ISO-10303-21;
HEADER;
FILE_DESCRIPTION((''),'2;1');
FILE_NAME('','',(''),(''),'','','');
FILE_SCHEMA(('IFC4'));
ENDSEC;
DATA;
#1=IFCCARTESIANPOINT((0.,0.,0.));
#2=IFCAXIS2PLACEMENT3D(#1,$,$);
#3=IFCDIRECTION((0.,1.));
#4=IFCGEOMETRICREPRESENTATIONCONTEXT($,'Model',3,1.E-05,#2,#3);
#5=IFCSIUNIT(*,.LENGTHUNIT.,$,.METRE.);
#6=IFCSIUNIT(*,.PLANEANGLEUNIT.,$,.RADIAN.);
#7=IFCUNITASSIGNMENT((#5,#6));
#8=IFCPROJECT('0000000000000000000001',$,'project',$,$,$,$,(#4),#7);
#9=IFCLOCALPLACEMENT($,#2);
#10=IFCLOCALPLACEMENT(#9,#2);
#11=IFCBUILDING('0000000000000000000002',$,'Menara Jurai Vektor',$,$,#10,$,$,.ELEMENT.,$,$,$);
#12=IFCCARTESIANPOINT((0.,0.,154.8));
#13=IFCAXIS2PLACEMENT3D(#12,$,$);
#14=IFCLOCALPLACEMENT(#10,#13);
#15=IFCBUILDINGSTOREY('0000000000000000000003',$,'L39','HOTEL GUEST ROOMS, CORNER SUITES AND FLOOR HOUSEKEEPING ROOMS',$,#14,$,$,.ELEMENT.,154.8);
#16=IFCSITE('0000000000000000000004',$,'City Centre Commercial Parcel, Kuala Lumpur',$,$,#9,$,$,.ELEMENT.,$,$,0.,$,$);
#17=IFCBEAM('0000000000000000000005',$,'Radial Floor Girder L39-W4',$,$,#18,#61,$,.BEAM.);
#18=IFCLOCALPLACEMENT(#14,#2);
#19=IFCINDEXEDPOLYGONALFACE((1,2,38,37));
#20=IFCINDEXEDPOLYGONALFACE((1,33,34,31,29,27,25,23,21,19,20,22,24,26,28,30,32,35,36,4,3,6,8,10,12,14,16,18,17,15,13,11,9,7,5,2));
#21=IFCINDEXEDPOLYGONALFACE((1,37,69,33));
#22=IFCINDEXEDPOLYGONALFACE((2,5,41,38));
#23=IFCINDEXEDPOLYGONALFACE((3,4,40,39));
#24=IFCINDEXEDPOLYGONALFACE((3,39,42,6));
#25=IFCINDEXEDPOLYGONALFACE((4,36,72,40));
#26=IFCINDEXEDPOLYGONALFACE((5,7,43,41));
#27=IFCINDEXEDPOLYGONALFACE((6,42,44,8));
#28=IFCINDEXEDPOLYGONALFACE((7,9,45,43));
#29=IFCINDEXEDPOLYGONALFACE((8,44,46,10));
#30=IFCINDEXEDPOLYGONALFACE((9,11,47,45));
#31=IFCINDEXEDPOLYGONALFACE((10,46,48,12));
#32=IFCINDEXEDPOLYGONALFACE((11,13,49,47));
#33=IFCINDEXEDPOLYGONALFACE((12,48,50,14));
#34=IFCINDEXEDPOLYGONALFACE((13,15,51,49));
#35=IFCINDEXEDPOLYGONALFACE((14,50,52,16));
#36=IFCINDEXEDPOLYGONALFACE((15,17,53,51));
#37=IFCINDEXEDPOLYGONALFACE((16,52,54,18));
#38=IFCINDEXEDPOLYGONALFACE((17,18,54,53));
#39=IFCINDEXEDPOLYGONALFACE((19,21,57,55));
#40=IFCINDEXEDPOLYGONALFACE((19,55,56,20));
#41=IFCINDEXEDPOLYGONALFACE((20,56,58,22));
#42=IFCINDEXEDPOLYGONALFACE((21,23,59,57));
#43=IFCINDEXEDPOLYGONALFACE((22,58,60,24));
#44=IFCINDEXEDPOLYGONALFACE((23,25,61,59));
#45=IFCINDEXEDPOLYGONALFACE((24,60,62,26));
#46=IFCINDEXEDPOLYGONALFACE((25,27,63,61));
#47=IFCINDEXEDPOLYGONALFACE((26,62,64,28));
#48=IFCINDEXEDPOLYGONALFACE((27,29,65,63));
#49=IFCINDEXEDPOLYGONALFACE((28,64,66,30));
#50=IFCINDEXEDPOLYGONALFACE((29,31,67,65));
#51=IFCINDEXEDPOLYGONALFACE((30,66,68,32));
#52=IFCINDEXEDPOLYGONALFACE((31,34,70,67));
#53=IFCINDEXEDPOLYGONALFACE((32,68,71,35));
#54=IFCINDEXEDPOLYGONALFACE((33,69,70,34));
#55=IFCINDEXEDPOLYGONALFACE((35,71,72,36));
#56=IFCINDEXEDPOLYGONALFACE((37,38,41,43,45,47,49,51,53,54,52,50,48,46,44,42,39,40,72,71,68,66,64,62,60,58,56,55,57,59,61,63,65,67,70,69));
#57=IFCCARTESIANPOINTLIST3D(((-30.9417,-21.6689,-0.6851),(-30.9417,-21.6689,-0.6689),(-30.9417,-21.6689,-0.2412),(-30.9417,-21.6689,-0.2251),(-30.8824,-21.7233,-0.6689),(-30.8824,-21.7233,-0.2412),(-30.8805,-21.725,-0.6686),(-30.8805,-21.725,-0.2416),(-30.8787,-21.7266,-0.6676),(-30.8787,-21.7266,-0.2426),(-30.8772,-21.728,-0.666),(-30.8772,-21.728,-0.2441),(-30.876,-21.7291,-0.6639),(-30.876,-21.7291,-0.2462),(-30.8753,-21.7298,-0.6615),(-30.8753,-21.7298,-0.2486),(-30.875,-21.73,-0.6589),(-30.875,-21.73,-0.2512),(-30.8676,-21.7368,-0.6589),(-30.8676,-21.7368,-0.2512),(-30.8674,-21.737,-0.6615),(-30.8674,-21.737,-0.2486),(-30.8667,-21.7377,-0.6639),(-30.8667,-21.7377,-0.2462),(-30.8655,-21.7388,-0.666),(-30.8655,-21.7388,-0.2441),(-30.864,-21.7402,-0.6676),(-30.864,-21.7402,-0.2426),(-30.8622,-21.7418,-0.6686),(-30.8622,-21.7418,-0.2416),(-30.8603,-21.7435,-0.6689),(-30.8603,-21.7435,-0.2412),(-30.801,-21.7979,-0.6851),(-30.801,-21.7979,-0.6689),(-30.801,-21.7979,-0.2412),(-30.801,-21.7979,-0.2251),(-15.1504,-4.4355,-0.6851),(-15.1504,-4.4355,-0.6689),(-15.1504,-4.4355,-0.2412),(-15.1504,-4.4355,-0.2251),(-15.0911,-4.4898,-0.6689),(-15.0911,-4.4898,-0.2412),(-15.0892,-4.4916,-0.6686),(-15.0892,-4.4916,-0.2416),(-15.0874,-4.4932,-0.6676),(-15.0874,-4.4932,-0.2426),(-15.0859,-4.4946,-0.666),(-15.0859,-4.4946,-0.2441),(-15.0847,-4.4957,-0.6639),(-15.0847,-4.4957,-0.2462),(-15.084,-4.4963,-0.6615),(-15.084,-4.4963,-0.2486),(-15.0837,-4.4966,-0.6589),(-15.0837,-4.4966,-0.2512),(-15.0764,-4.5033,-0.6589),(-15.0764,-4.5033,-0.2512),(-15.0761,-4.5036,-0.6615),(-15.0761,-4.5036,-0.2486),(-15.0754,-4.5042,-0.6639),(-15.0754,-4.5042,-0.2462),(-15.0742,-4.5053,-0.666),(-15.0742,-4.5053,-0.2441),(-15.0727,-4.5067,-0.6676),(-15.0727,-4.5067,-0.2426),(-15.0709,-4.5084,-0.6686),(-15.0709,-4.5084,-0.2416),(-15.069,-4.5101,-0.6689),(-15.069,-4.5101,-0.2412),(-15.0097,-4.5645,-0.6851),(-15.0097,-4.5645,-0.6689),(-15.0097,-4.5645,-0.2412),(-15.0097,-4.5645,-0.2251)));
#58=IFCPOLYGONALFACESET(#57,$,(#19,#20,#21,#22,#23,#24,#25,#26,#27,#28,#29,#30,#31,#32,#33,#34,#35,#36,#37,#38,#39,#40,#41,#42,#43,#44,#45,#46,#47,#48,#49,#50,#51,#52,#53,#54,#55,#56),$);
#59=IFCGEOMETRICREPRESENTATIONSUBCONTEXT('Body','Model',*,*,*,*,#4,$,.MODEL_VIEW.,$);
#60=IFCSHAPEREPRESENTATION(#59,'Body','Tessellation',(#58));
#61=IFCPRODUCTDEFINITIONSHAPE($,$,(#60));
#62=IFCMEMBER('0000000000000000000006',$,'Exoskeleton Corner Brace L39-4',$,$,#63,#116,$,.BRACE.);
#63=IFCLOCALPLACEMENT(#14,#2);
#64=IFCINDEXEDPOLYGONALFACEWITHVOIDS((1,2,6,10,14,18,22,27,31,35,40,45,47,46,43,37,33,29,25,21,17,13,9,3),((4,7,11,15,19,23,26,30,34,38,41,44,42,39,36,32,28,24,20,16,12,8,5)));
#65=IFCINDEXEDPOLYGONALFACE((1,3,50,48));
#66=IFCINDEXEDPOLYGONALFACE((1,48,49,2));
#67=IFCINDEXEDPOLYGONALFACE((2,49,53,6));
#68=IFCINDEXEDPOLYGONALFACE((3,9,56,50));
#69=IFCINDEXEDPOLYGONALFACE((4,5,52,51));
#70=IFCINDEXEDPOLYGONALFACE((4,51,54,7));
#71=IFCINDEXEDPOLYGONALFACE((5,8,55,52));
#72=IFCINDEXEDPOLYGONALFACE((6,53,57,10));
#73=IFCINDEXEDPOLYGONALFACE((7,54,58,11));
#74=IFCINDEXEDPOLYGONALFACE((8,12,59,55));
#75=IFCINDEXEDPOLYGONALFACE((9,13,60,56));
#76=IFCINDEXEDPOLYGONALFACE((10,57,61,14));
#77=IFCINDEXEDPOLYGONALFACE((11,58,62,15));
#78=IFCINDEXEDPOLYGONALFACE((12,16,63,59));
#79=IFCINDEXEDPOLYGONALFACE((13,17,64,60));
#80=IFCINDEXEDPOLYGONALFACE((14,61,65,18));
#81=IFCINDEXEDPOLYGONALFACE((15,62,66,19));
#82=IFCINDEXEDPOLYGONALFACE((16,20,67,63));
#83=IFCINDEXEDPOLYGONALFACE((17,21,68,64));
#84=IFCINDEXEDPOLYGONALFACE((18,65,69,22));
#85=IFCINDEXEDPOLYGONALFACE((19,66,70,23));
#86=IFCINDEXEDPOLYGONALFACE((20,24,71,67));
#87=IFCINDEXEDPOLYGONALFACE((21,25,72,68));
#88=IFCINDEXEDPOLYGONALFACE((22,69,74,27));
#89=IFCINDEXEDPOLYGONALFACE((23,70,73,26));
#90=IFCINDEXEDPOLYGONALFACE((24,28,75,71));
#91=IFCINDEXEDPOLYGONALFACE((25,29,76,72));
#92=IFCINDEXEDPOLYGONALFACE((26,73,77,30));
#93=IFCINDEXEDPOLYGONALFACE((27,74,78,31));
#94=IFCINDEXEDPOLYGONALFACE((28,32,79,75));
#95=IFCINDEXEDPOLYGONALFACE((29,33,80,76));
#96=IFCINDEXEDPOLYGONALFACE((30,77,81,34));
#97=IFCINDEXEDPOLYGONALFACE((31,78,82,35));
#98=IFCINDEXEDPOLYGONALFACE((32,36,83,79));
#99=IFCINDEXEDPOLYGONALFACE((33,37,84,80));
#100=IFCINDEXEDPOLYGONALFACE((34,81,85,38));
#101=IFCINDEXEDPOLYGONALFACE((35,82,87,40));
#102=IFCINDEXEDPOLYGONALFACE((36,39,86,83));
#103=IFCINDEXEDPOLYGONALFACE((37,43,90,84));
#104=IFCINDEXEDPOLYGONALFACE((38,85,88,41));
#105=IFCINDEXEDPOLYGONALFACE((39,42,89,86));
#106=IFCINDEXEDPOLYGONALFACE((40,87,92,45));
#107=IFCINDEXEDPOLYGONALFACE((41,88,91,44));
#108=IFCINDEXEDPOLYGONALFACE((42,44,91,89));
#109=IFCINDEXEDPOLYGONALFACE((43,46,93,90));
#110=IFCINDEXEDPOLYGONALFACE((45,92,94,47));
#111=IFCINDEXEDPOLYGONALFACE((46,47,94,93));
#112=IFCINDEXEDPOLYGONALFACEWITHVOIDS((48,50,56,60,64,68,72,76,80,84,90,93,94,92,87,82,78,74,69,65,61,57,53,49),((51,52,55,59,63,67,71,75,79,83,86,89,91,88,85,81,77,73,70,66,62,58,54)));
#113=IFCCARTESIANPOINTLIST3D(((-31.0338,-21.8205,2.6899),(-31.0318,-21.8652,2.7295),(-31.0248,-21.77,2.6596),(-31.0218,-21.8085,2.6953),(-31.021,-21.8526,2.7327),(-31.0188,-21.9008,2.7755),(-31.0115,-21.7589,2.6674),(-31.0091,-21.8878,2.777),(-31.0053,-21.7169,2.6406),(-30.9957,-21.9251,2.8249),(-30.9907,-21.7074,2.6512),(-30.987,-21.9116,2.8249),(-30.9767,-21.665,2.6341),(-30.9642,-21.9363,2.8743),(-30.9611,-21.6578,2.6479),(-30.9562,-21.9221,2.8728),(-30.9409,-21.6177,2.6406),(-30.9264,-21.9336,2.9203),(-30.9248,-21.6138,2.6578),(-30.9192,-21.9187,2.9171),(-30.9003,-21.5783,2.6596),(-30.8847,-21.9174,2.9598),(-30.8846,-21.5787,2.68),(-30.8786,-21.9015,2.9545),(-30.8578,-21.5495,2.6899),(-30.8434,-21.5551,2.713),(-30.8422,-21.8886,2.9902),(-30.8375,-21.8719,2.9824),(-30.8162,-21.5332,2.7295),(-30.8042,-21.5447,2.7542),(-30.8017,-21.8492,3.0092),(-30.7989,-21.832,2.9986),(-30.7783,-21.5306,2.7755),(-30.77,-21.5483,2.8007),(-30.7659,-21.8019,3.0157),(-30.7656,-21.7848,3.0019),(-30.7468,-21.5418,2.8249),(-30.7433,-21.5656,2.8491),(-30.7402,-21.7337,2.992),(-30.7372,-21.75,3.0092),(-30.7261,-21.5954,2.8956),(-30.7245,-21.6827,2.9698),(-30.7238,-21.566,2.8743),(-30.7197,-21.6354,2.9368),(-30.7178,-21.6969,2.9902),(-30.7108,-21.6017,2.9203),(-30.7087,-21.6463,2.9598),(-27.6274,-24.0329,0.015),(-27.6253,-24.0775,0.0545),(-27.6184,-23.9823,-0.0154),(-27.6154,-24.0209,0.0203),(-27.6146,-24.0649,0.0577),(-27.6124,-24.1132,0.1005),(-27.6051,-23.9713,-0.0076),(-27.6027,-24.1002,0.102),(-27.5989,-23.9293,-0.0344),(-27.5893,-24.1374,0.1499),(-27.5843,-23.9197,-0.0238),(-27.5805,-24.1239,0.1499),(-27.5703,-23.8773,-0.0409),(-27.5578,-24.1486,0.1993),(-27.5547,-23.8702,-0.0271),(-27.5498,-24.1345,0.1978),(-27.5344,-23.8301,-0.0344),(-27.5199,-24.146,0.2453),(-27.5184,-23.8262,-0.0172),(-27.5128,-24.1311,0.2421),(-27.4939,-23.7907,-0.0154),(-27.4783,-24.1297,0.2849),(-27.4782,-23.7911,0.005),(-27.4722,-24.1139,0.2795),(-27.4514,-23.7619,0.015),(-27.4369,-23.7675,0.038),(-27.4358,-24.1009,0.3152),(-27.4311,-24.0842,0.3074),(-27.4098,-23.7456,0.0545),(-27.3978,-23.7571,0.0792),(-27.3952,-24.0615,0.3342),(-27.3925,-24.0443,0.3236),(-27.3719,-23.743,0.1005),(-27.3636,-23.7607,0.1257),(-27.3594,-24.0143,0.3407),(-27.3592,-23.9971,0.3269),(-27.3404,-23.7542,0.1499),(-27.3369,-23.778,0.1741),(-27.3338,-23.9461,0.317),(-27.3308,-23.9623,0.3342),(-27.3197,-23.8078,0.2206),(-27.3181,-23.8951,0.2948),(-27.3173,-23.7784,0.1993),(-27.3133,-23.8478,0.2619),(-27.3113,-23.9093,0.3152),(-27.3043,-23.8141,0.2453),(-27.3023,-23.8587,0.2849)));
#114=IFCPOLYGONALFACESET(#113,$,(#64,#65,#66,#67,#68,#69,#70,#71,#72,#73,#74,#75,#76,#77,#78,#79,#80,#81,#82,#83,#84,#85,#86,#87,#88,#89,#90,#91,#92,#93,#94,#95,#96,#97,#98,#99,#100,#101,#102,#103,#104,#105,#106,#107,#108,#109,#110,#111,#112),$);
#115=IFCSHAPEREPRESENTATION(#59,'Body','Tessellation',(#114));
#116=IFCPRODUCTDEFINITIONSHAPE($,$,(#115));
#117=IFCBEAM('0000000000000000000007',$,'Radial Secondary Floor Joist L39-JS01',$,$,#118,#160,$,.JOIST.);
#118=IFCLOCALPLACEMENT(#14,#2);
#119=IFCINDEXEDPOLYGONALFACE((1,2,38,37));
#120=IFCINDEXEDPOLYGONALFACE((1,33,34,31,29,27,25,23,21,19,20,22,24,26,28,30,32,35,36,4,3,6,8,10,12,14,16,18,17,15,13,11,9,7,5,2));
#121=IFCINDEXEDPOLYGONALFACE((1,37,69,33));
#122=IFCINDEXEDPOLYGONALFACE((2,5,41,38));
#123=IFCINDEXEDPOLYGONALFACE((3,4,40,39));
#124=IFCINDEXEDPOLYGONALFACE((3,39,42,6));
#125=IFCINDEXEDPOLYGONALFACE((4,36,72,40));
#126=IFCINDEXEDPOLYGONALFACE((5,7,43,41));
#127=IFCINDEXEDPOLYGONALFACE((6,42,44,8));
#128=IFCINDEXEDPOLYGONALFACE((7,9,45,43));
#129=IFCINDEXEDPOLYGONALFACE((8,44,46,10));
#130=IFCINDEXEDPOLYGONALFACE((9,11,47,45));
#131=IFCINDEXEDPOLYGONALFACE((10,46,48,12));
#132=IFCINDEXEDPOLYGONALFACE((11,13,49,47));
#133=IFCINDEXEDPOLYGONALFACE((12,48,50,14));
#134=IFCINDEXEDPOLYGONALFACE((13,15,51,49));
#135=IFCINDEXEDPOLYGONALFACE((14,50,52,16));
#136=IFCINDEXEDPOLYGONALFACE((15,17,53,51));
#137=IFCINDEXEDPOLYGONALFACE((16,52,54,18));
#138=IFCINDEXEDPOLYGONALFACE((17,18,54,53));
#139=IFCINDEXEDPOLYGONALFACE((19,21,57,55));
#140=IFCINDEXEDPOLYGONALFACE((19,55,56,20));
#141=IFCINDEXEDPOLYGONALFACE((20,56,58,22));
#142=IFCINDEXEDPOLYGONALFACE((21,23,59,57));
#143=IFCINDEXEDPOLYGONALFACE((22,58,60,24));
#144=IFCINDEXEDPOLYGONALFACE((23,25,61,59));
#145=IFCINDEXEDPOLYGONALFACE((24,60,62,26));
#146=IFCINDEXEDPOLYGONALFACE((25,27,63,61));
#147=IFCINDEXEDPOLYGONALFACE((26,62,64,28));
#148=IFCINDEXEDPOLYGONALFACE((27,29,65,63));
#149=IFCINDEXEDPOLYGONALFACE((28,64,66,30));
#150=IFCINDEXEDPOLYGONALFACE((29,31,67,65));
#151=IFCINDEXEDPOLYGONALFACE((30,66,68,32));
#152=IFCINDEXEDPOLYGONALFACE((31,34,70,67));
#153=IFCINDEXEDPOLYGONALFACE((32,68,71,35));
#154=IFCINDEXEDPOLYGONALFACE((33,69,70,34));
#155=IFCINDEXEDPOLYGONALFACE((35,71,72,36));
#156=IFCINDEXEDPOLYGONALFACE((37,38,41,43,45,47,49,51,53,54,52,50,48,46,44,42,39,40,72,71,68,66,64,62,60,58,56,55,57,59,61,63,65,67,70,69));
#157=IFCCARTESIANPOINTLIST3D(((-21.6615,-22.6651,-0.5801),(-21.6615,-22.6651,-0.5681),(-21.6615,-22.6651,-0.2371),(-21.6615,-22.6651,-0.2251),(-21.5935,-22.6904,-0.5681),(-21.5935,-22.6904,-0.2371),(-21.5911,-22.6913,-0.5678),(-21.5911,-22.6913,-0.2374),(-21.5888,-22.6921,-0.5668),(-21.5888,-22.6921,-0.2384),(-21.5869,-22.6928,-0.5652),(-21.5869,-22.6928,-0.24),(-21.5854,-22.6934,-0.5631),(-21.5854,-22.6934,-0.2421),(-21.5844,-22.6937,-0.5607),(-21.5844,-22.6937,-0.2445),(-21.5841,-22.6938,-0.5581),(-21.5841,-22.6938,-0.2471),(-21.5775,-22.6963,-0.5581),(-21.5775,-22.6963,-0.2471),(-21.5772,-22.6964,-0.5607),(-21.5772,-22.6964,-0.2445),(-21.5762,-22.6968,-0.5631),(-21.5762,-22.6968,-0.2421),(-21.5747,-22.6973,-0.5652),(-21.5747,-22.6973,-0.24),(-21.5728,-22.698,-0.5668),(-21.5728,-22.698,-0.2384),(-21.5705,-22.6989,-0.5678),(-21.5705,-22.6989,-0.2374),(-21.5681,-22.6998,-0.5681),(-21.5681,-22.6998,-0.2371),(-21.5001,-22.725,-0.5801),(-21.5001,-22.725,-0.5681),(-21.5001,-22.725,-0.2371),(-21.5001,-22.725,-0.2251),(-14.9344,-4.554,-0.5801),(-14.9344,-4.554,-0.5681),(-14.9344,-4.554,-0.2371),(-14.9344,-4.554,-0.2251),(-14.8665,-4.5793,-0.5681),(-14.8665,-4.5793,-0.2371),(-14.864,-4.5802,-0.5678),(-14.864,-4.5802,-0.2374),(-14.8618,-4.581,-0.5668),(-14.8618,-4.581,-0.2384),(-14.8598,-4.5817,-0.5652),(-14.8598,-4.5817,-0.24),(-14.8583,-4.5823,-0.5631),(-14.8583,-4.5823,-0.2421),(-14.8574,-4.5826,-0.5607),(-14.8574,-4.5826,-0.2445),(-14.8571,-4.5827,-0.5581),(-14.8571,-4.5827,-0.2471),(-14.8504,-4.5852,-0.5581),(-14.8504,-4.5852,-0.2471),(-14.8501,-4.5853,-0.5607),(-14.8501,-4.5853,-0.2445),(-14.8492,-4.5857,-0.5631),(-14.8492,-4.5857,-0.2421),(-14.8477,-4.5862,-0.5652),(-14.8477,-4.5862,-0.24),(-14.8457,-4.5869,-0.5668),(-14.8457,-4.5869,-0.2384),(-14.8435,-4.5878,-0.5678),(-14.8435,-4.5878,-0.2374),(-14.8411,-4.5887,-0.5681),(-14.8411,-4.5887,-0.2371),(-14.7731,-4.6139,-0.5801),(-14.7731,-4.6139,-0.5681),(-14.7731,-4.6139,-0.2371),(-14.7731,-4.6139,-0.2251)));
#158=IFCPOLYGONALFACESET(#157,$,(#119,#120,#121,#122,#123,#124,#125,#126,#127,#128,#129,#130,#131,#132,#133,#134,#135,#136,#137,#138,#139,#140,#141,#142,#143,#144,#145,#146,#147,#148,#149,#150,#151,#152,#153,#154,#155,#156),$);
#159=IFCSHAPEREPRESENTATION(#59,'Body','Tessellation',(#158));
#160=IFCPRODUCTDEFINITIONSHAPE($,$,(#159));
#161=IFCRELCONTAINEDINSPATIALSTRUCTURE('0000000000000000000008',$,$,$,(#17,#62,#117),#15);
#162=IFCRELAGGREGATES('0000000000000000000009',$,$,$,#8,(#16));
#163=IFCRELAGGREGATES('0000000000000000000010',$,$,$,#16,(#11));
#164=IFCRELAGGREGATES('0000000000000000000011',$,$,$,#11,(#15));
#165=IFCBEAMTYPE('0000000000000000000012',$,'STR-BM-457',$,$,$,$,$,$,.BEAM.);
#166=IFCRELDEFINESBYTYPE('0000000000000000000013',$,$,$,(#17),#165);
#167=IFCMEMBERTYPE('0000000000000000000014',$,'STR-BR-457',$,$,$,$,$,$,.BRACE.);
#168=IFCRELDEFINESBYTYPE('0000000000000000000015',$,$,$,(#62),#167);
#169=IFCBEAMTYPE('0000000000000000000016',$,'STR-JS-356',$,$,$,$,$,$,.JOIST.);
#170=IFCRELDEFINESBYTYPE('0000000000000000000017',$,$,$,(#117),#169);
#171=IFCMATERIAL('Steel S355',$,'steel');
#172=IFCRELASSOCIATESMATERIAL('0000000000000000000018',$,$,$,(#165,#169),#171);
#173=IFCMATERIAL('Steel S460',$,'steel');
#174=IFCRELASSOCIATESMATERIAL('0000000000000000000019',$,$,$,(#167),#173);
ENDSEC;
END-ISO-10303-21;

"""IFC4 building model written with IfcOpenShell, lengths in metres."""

from ifc_helpers import new_model, si_unit, direction, frame, origin, origin_2d, place, context, subcontext, project, spatial, hollow_circle, i_section, extrude, material, material_profile, profile_set, type_object, element, save


model = new_model("IFC4")

# Units and contexts
model_context = context("Model", 3, precision=1e-05, world=origin(), true_north=direction((0.0, 1.0)))
body_context = subcontext(model_context, "Body", "Model", "MODEL_VIEW")
ifc_project = project(units=[si_unit("LENGTHUNIT", "METRE"), si_unit("PLANEANGLEUNIT", "RADIAN")], contexts=[model_context])

# Site, building, storey
site_placement = place(None, origin())
site = spatial("IfcSite", under=ifc_project, at=site_placement, Name="City Centre Commercial Parcel, Kuala Lumpur", CompositionType="ELEMENT", RefElevation=0.0)
building_placement = place(site_placement, origin())
building = spatial("IfcBuilding", under=site, at=building_placement, Name="Menara Jurai Vektor", CompositionType="ELEMENT")
storey_placement = place(building_placement, frame((0.0, 0.0, 154.8)))
storey = spatial("IfcBuildingStorey", under=building, at=storey_placement, Name="L39", Description="HOTEL GUEST ROOMS, CORNER SUITES AND FLOOR HOUSEKEEPING ROOMS", CompositionType="ELEMENT", Elevation=154.8)

# Shared definitions
ifc_material_1 = material(Name="Steel S460", Category="steel")

# Beam
ifc_material_2 = material(Name="Steel S355", Category="steel")
ifc_material_profile_1 = material_profile(ifc_material_2, i_section(OverallWidth=0.1909, OverallDepth=0.46, WebThickness=0.01, FlangeThickness=0.0161, FilletRadius=0.01, at=origin_2d()), Name="UKB 457x191x82")
ifc_profile_set_1 = profile_set([ifc_material_profile_1], Name="Steel S355")
beam_type_1 = type_object("IfcBeamType", Name="STR-BM-457", PredefinedType="BEAM", material=ifc_profile_set_1)
beam_1_placement = place(storey_placement, frame((-30.8713, -21.7334, -0.4551), z_axis=(0.675585, 0.737282, 0.0), x_axis=(-0.737282, 0.675585, 0.0)))
element("IfcBeam", 1, at=beam_1_placement, inside=storey, type_object=beam_type_1, Name="Radial Floor Girder L39-W4", PredefinedType="BEAM", context=body_context, shape_type="SweptSolid", body=[
    extrude(i_section(OverallWidth=0.1909, OverallDepth=0.46, WebThickness=0.01, FlangeThickness=0.0161, FilletRadius=0.01, at=origin_2d()), origin(), (0.0, 0.0, 1.0), 23.3743),
])

# Member
ifc_material_profile_2 = material_profile(ifc_material_1, hollow_circle(Radius=0.2285, WallThickness=0.0161, at=origin_2d()), Name="CHS 457x16")
ifc_profile_set_2 = profile_set([ifc_material_profile_2], Name="Steel S460")
member_type_1 = type_object("IfcMemberType", Name="STR-BR-457", PredefinedType="BRACE", material=ifc_profile_set_2)
member_1_placement = place(storey_placement, frame((-27.4648, -23.9458, 0.1499), z_axis=(-0.700403, 0.454888, 0.550012), x_axis=(-0.544674, -0.838648, 0.0)))
element("IfcMember", 2, at=member_1_placement, inside=storey, type_object=member_type_1, Name="Exoskeleton Corner Brace L39-4", PredefinedType="BRACE", context=body_context, shape_type="SweptSolid", body=[
    extrude(hollow_circle(Radius=0.2285, WallThickness=0.0161, at=origin_2d()), origin(), (0.0, 0.0, 1.0), 4.8635),
])

# Beam
ifc_material_profile_3 = material_profile(ifc_material_2, i_section(OverallWidth=0.1721, OverallDepth=0.355, WebThickness=0.0071, FlangeThickness=0.012, FilletRadius=0.01, at=origin_2d()), Name="UKB 356x171x51")
ifc_profile_set_3 = profile_set([ifc_material_profile_3], Name="Steel S355")
beam_type_2 = type_object("IfcBeamType", Name="STR-JS-356", PredefinedType="JOIST", material=ifc_profile_set_3)
beam_2_placement = place(storey_placement, frame((-21.5808, -22.6951, -0.4026), z_axis=(0.34819, 0.937424, 0.0), x_axis=(-0.937424, 0.34819, 0.0)))
element("IfcBeam", 3, at=beam_2_placement, inside=storey, type_object=beam_type_2, Name="Radial Secondary Floor Joist L39-JS01", PredefinedType="JOIST", context=body_context, shape_type="SweptSolid", body=[
    extrude(i_section(OverallWidth=0.1721, OverallDepth=0.355, WebThickness=0.0071, FlangeThickness=0.012, FilletRadius=0.01, at=origin_2d()), origin(), (0.0, 0.0, 1.0), 19.3201),
])

save(model, "model.ifc")
